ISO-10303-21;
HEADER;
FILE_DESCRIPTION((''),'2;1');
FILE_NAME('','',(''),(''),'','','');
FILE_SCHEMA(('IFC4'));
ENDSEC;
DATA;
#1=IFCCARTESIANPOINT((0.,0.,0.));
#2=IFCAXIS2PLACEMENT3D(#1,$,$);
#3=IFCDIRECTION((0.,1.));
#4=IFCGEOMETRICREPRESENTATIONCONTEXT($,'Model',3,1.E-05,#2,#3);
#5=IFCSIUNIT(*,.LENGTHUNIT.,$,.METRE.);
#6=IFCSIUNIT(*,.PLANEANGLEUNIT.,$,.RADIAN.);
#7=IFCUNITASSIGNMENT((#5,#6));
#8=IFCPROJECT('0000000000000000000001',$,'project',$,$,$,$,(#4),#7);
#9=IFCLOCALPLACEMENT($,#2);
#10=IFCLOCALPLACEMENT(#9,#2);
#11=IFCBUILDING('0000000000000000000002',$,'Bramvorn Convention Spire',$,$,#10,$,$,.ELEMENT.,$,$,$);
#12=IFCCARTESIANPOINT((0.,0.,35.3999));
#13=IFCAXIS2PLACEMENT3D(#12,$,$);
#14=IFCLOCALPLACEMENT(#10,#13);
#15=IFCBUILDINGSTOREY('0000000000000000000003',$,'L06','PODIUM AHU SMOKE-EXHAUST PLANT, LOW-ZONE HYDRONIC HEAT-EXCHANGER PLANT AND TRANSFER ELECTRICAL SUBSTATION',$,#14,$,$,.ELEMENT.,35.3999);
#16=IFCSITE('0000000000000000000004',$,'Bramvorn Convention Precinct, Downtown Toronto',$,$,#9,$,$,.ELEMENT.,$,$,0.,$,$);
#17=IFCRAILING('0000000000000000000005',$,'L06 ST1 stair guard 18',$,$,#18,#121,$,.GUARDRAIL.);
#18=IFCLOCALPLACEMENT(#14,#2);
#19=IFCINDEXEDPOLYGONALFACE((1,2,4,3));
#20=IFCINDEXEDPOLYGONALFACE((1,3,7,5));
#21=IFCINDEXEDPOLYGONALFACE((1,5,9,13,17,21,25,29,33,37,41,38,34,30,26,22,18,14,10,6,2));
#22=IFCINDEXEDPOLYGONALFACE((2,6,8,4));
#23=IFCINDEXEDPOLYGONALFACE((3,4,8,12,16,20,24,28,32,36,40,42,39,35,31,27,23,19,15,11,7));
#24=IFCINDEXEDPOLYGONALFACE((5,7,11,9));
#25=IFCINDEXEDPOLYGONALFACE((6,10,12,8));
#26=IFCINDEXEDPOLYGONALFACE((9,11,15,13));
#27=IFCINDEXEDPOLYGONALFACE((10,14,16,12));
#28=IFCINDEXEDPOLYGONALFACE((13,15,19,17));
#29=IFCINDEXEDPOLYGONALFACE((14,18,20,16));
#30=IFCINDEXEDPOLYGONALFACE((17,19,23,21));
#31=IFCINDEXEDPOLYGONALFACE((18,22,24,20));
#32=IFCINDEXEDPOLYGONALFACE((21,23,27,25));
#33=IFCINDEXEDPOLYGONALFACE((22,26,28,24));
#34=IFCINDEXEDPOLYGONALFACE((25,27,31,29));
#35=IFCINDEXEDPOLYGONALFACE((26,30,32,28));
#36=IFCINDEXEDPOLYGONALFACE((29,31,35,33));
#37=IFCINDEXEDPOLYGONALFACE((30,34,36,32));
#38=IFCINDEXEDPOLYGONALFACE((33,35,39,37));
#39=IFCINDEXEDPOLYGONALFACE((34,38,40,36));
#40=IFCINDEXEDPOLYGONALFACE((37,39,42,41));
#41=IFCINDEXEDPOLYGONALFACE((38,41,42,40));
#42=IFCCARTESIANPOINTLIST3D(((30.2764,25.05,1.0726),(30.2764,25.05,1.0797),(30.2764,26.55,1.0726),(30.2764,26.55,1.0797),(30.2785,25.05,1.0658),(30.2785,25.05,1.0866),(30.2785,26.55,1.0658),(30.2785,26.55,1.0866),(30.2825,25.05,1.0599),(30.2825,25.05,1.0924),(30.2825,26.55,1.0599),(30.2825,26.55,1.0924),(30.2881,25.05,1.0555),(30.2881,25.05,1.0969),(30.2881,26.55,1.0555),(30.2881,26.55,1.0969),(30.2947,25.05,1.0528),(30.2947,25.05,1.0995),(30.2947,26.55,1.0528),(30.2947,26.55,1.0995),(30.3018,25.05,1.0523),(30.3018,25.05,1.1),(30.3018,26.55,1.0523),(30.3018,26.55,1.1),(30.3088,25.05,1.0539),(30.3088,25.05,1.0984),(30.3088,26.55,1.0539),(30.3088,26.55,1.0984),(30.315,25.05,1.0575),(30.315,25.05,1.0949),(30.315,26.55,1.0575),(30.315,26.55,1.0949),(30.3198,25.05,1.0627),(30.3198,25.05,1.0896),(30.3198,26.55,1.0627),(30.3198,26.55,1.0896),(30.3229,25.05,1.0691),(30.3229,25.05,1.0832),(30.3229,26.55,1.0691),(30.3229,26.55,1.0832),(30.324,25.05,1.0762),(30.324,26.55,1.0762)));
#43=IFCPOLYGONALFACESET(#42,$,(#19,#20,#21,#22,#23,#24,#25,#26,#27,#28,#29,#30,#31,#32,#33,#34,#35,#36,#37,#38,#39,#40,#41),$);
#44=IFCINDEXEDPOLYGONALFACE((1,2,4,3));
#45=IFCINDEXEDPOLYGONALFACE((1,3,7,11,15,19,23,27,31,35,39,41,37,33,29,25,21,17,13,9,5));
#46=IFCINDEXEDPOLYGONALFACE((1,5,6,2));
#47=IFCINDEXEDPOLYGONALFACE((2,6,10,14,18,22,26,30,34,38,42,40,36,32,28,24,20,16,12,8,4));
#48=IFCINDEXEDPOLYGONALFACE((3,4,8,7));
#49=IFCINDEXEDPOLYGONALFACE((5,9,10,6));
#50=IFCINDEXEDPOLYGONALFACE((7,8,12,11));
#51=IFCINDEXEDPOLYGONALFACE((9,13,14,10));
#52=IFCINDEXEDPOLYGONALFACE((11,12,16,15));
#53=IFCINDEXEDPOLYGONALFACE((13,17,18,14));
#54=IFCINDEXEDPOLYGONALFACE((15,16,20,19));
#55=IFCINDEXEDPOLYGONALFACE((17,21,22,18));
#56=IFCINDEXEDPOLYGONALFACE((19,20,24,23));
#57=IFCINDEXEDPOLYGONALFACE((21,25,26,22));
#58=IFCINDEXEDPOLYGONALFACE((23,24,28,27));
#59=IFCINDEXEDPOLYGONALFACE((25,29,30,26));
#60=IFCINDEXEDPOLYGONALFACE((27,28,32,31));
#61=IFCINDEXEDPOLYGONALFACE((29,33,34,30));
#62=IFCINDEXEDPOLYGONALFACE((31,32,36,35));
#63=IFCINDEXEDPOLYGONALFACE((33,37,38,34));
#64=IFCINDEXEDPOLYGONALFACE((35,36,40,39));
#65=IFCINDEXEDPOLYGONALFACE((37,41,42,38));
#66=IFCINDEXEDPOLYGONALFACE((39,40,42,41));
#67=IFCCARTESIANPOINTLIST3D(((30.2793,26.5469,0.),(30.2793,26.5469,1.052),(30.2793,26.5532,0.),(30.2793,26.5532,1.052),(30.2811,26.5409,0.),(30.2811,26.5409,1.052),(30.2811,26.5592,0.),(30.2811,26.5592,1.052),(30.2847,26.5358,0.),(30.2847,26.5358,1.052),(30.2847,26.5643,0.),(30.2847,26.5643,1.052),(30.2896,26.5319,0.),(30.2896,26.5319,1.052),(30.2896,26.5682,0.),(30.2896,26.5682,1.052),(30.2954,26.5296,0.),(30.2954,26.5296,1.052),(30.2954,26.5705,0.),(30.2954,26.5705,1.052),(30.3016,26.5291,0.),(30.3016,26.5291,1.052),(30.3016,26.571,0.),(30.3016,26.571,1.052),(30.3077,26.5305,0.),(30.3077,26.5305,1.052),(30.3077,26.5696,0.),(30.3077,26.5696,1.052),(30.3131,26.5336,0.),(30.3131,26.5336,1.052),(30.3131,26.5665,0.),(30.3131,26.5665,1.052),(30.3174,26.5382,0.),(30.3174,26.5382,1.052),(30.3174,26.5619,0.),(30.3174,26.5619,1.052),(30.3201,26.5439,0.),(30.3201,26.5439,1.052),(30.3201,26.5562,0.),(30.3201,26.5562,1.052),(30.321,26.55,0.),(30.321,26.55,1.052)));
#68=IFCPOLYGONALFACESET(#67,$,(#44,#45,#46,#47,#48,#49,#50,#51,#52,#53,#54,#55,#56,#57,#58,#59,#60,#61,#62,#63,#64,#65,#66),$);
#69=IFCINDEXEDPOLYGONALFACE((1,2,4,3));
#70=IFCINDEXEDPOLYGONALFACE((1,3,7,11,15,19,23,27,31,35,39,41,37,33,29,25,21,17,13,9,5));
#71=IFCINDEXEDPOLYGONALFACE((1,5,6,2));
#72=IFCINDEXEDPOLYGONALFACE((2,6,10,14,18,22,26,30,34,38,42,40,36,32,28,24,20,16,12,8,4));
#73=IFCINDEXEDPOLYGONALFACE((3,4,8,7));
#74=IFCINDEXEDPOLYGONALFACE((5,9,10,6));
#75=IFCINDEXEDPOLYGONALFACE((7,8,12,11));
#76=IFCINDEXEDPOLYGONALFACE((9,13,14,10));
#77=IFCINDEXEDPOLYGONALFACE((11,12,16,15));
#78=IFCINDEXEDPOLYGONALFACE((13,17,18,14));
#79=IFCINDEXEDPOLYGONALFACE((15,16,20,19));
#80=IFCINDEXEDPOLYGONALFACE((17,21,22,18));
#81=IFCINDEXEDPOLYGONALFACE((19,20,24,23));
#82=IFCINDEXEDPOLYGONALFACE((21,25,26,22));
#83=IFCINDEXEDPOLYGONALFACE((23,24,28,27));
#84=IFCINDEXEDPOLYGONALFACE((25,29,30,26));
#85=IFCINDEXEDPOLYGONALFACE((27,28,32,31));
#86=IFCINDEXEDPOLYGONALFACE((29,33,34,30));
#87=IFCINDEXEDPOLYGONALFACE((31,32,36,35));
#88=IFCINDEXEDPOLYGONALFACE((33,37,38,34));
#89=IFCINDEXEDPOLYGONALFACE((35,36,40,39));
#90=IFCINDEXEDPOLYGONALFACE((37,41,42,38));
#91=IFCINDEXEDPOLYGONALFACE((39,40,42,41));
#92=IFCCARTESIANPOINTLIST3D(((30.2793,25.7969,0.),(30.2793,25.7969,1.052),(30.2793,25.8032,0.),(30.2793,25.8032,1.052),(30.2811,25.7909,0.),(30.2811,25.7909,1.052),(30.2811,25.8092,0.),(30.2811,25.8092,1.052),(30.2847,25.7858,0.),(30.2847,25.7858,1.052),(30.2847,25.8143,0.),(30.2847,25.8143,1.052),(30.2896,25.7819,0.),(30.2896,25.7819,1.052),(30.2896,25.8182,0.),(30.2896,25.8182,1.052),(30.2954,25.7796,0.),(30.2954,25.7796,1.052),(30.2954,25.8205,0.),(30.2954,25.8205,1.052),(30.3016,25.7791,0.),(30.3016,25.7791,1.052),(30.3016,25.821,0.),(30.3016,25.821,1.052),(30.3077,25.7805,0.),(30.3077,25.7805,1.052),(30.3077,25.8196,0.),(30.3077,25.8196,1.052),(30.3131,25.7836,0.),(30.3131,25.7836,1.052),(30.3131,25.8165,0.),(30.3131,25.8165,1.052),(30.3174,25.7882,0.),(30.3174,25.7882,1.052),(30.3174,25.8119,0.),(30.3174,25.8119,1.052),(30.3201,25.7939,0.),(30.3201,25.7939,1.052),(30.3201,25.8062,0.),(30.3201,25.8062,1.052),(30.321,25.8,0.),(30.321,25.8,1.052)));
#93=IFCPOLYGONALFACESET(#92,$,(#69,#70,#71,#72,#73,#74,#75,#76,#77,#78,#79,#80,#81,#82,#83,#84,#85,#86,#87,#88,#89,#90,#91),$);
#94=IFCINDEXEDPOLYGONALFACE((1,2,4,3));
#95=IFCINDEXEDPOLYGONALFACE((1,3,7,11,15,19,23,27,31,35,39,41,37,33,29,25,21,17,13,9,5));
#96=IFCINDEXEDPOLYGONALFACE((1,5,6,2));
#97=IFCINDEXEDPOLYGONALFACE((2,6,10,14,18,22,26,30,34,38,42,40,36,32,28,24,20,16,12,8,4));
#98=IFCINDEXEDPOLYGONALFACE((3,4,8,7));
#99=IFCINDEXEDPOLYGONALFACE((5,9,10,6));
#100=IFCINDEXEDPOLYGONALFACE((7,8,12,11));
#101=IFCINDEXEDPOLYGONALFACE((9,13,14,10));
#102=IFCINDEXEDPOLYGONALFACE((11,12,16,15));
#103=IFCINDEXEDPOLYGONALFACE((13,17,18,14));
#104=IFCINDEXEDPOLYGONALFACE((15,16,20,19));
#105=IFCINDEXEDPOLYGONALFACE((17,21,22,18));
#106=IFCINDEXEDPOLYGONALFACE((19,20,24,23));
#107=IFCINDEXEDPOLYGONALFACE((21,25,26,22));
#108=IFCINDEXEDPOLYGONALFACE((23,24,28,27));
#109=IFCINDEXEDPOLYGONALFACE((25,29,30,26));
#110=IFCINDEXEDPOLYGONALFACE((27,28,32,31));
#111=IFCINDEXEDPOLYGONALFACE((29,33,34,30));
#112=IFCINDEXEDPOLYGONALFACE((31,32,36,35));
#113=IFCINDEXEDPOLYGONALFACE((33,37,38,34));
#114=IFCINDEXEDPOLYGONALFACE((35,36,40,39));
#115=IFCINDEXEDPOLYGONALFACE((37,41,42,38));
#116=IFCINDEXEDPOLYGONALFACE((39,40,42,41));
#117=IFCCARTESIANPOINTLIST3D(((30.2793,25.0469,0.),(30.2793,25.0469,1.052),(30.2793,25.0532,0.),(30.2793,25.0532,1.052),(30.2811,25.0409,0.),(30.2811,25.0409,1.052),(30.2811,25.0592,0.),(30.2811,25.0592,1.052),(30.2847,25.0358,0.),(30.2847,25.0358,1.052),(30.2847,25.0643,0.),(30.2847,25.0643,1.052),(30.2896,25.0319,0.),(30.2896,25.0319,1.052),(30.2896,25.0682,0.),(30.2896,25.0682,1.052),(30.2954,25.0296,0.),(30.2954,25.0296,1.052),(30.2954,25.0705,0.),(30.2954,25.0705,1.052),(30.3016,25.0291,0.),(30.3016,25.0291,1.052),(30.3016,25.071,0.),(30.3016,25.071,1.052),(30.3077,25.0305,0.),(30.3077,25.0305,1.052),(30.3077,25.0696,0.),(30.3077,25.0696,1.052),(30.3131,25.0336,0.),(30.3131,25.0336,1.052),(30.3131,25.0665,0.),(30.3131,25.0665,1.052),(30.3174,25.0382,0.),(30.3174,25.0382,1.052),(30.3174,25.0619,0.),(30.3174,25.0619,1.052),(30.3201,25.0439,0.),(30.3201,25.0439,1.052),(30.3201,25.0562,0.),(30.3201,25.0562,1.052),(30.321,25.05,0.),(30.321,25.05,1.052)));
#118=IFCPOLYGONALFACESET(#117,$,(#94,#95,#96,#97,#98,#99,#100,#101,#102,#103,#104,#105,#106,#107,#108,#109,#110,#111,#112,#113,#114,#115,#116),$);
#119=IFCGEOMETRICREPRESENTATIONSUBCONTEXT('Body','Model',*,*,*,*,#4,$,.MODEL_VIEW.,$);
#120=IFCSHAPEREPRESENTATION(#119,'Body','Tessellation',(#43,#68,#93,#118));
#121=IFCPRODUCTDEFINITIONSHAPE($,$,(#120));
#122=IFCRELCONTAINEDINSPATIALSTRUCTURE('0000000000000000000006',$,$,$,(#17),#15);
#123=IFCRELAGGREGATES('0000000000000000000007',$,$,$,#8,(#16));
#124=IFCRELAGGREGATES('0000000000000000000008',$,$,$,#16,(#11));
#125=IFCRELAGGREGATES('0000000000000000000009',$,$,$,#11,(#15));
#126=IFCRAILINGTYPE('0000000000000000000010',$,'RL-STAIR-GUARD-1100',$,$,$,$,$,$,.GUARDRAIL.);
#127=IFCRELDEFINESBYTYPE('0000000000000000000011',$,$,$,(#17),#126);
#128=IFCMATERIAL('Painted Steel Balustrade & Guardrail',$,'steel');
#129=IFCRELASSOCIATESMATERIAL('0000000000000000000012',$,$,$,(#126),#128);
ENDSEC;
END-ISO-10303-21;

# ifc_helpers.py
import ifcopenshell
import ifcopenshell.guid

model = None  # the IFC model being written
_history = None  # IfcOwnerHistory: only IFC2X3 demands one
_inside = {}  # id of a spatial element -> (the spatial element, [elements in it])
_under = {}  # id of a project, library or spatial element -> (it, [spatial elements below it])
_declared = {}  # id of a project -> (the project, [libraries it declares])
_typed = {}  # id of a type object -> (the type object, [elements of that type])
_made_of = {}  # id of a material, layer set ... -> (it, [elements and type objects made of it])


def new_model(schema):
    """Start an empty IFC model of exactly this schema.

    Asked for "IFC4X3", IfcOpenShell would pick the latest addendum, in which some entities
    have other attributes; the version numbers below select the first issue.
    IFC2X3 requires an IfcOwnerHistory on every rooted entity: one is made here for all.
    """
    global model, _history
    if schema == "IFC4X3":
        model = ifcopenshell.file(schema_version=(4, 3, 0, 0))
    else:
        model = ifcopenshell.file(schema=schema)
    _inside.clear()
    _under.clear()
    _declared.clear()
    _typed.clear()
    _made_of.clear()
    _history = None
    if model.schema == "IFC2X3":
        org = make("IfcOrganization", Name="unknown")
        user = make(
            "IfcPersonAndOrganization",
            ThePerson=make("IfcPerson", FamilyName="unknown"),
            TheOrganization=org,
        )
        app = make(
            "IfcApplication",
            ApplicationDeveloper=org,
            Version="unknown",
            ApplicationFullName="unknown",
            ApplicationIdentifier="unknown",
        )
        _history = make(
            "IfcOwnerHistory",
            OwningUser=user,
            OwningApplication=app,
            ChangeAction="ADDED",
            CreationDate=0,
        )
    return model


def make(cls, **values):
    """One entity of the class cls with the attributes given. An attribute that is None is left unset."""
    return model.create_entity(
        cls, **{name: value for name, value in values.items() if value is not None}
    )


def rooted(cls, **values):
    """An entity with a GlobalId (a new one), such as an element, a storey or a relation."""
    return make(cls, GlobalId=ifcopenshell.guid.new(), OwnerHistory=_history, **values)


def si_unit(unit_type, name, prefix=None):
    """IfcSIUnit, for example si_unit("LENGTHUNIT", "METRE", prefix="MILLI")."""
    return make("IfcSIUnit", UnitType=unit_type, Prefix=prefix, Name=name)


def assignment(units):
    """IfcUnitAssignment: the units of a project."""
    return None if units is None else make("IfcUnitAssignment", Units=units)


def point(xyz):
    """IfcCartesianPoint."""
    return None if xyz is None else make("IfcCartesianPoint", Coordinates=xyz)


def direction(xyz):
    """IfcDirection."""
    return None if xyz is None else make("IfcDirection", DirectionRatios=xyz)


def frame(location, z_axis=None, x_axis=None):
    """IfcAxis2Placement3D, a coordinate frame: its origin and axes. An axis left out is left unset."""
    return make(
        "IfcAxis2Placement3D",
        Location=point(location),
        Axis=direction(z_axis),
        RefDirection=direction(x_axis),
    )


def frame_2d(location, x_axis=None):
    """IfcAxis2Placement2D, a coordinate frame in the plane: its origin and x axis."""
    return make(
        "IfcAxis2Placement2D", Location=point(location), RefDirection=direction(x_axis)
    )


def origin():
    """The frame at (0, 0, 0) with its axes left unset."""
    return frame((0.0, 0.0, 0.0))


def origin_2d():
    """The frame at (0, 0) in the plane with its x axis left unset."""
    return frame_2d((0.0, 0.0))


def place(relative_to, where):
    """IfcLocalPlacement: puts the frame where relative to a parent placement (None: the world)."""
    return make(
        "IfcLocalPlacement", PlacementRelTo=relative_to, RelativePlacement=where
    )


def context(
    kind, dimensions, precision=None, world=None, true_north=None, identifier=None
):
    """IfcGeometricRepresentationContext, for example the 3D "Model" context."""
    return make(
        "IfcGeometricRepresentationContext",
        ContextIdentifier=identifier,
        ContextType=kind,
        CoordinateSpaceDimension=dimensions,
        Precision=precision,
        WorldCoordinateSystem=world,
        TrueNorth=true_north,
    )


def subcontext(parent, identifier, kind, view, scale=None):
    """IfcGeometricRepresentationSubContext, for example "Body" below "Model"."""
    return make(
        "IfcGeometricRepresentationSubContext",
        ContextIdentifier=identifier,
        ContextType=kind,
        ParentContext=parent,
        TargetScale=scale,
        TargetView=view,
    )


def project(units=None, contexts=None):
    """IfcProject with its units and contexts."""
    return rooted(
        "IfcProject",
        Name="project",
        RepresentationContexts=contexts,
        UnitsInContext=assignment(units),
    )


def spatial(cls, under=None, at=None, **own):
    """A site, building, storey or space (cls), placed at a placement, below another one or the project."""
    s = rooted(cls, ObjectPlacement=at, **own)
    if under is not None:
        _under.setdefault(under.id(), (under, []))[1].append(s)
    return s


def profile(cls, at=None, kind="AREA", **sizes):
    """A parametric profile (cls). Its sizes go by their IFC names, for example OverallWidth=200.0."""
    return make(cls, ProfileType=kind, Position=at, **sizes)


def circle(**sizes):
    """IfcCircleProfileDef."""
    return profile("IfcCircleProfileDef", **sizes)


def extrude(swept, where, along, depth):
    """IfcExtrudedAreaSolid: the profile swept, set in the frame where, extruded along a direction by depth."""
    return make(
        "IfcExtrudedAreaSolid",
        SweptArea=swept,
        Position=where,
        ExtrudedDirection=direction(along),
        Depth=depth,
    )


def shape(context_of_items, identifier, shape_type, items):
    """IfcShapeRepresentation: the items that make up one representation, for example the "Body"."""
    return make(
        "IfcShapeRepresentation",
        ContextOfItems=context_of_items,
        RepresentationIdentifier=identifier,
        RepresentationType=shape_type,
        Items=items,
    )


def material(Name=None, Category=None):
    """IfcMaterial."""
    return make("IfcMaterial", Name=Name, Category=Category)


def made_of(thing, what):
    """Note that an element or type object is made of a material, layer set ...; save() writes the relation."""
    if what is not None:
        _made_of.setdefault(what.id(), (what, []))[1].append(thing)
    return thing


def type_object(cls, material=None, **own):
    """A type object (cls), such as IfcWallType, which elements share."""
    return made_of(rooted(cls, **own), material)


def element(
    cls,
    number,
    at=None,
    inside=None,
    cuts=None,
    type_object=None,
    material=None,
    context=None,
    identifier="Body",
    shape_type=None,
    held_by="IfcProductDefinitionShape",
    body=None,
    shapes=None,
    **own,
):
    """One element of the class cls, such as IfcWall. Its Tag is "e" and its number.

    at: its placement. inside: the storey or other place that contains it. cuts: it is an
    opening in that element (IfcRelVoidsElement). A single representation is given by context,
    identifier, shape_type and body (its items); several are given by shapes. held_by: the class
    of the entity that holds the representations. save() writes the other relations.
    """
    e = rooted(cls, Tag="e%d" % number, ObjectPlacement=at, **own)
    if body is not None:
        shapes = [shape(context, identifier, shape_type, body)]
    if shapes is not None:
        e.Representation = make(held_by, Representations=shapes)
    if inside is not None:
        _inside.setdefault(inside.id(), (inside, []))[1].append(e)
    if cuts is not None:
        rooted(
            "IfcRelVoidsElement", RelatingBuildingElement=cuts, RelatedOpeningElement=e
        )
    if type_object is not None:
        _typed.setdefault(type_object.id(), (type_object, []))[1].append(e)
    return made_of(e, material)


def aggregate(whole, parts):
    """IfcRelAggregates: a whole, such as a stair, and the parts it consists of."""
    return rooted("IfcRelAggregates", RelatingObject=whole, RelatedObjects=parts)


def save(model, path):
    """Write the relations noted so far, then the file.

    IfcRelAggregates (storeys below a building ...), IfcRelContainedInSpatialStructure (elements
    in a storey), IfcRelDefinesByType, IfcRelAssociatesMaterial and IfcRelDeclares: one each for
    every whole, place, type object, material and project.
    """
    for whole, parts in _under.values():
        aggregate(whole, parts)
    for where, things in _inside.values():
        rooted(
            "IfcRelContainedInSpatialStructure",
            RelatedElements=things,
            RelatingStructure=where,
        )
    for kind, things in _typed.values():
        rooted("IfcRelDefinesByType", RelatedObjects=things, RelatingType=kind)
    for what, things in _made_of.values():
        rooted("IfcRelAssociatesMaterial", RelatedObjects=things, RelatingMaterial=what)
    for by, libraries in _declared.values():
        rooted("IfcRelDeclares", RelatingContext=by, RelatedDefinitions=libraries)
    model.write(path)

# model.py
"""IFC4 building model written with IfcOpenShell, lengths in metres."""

from ifc_helpers import new_model, si_unit, direction, frame, origin, origin_2d, place, context, subcontext, project, spatial, circle, extrude, material, type_object, element, save


model = new_model("IFC4")

# Units and contexts
model_context = context("Model", 3, precision=1e-05, world=origin(), true_north=direction((0.0, 1.0)))
body_context = subcontext(model_context, "Body", "Model", "MODEL_VIEW")
ifc_project = project(units=[si_unit("LENGTHUNIT", "METRE"), si_unit("PLANEANGLEUNIT", "RADIAN")], contexts=[model_context])

# Site, building, storey
site_placement = place(None, origin())
site = spatial("IfcSite", under=ifc_project, at=site_placement, Name="Bramvorn Convention Precinct, Downtown Toronto", CompositionType="ELEMENT", RefElevation=0.0)
building_placement = place(site_placement, origin())
building = spatial("IfcBuilding", under=site, at=building_placement, Name="Bramvorn Convention Spire", CompositionType="ELEMENT")
storey_placement = place(building_placement, frame((0.0, 0.0, 35.3999)))
storey = spatial("IfcBuildingStorey", under=building, at=storey_placement, Name="L06", Description="PODIUM AHU SMOKE-EXHAUST PLANT, LOW-ZONE HYDRONIC HEAT-EXCHANGER PLANT AND TRANSFER ELECTRICAL SUBSTATION", CompositionType="ELEMENT", Elevation=35.3999)

# Railing
ifc_material_1 = material(Name="Painted Steel Balustrade & Guardrail", Category="steel")
railing_type_1 = type_object("IfcRailingType", Name="RL-STAIR-GUARD-1100", PredefinedType="GUARDRAIL", material=ifc_material_1)
for number, where, name in (
    (1, (30.3, 26.55, 0.0), "L06 ST1 stair guard 18"),
):
    element("IfcRailing", number, at=place(storey_placement, frame(where)), inside=storey, type_object=railing_type_1, Name=name, PredefinedType="GUARDRAIL", context=body_context, shape_type="SweptSolid", body=[
        extrude(circle(Radius=0.0239, at=origin_2d()), frame((0.0, 0.0, 1.0762), z_axis=(0.0, -1.0, 0.0), x_axis=(1.0, 0.0, 0.0)), (0.0, 0.0, 1.0), 1.5),
        extrude(circle(Radius=0.021, at=origin_2d()), origin(), (0.0, 0.0, 1.0), 1.052),
        extrude(circle(Radius=0.021, at=origin_2d()), frame((0.0, -0.75, 0.0)), (0.0, 0.0, 1.0), 1.052),
        extrude(circle(Radius=0.021, at=origin_2d()), frame((0.0, -1.5, 0.0)), (0.0, 0.0, 1.0), 1.052),
    ])

save(model, "model.ifc")
